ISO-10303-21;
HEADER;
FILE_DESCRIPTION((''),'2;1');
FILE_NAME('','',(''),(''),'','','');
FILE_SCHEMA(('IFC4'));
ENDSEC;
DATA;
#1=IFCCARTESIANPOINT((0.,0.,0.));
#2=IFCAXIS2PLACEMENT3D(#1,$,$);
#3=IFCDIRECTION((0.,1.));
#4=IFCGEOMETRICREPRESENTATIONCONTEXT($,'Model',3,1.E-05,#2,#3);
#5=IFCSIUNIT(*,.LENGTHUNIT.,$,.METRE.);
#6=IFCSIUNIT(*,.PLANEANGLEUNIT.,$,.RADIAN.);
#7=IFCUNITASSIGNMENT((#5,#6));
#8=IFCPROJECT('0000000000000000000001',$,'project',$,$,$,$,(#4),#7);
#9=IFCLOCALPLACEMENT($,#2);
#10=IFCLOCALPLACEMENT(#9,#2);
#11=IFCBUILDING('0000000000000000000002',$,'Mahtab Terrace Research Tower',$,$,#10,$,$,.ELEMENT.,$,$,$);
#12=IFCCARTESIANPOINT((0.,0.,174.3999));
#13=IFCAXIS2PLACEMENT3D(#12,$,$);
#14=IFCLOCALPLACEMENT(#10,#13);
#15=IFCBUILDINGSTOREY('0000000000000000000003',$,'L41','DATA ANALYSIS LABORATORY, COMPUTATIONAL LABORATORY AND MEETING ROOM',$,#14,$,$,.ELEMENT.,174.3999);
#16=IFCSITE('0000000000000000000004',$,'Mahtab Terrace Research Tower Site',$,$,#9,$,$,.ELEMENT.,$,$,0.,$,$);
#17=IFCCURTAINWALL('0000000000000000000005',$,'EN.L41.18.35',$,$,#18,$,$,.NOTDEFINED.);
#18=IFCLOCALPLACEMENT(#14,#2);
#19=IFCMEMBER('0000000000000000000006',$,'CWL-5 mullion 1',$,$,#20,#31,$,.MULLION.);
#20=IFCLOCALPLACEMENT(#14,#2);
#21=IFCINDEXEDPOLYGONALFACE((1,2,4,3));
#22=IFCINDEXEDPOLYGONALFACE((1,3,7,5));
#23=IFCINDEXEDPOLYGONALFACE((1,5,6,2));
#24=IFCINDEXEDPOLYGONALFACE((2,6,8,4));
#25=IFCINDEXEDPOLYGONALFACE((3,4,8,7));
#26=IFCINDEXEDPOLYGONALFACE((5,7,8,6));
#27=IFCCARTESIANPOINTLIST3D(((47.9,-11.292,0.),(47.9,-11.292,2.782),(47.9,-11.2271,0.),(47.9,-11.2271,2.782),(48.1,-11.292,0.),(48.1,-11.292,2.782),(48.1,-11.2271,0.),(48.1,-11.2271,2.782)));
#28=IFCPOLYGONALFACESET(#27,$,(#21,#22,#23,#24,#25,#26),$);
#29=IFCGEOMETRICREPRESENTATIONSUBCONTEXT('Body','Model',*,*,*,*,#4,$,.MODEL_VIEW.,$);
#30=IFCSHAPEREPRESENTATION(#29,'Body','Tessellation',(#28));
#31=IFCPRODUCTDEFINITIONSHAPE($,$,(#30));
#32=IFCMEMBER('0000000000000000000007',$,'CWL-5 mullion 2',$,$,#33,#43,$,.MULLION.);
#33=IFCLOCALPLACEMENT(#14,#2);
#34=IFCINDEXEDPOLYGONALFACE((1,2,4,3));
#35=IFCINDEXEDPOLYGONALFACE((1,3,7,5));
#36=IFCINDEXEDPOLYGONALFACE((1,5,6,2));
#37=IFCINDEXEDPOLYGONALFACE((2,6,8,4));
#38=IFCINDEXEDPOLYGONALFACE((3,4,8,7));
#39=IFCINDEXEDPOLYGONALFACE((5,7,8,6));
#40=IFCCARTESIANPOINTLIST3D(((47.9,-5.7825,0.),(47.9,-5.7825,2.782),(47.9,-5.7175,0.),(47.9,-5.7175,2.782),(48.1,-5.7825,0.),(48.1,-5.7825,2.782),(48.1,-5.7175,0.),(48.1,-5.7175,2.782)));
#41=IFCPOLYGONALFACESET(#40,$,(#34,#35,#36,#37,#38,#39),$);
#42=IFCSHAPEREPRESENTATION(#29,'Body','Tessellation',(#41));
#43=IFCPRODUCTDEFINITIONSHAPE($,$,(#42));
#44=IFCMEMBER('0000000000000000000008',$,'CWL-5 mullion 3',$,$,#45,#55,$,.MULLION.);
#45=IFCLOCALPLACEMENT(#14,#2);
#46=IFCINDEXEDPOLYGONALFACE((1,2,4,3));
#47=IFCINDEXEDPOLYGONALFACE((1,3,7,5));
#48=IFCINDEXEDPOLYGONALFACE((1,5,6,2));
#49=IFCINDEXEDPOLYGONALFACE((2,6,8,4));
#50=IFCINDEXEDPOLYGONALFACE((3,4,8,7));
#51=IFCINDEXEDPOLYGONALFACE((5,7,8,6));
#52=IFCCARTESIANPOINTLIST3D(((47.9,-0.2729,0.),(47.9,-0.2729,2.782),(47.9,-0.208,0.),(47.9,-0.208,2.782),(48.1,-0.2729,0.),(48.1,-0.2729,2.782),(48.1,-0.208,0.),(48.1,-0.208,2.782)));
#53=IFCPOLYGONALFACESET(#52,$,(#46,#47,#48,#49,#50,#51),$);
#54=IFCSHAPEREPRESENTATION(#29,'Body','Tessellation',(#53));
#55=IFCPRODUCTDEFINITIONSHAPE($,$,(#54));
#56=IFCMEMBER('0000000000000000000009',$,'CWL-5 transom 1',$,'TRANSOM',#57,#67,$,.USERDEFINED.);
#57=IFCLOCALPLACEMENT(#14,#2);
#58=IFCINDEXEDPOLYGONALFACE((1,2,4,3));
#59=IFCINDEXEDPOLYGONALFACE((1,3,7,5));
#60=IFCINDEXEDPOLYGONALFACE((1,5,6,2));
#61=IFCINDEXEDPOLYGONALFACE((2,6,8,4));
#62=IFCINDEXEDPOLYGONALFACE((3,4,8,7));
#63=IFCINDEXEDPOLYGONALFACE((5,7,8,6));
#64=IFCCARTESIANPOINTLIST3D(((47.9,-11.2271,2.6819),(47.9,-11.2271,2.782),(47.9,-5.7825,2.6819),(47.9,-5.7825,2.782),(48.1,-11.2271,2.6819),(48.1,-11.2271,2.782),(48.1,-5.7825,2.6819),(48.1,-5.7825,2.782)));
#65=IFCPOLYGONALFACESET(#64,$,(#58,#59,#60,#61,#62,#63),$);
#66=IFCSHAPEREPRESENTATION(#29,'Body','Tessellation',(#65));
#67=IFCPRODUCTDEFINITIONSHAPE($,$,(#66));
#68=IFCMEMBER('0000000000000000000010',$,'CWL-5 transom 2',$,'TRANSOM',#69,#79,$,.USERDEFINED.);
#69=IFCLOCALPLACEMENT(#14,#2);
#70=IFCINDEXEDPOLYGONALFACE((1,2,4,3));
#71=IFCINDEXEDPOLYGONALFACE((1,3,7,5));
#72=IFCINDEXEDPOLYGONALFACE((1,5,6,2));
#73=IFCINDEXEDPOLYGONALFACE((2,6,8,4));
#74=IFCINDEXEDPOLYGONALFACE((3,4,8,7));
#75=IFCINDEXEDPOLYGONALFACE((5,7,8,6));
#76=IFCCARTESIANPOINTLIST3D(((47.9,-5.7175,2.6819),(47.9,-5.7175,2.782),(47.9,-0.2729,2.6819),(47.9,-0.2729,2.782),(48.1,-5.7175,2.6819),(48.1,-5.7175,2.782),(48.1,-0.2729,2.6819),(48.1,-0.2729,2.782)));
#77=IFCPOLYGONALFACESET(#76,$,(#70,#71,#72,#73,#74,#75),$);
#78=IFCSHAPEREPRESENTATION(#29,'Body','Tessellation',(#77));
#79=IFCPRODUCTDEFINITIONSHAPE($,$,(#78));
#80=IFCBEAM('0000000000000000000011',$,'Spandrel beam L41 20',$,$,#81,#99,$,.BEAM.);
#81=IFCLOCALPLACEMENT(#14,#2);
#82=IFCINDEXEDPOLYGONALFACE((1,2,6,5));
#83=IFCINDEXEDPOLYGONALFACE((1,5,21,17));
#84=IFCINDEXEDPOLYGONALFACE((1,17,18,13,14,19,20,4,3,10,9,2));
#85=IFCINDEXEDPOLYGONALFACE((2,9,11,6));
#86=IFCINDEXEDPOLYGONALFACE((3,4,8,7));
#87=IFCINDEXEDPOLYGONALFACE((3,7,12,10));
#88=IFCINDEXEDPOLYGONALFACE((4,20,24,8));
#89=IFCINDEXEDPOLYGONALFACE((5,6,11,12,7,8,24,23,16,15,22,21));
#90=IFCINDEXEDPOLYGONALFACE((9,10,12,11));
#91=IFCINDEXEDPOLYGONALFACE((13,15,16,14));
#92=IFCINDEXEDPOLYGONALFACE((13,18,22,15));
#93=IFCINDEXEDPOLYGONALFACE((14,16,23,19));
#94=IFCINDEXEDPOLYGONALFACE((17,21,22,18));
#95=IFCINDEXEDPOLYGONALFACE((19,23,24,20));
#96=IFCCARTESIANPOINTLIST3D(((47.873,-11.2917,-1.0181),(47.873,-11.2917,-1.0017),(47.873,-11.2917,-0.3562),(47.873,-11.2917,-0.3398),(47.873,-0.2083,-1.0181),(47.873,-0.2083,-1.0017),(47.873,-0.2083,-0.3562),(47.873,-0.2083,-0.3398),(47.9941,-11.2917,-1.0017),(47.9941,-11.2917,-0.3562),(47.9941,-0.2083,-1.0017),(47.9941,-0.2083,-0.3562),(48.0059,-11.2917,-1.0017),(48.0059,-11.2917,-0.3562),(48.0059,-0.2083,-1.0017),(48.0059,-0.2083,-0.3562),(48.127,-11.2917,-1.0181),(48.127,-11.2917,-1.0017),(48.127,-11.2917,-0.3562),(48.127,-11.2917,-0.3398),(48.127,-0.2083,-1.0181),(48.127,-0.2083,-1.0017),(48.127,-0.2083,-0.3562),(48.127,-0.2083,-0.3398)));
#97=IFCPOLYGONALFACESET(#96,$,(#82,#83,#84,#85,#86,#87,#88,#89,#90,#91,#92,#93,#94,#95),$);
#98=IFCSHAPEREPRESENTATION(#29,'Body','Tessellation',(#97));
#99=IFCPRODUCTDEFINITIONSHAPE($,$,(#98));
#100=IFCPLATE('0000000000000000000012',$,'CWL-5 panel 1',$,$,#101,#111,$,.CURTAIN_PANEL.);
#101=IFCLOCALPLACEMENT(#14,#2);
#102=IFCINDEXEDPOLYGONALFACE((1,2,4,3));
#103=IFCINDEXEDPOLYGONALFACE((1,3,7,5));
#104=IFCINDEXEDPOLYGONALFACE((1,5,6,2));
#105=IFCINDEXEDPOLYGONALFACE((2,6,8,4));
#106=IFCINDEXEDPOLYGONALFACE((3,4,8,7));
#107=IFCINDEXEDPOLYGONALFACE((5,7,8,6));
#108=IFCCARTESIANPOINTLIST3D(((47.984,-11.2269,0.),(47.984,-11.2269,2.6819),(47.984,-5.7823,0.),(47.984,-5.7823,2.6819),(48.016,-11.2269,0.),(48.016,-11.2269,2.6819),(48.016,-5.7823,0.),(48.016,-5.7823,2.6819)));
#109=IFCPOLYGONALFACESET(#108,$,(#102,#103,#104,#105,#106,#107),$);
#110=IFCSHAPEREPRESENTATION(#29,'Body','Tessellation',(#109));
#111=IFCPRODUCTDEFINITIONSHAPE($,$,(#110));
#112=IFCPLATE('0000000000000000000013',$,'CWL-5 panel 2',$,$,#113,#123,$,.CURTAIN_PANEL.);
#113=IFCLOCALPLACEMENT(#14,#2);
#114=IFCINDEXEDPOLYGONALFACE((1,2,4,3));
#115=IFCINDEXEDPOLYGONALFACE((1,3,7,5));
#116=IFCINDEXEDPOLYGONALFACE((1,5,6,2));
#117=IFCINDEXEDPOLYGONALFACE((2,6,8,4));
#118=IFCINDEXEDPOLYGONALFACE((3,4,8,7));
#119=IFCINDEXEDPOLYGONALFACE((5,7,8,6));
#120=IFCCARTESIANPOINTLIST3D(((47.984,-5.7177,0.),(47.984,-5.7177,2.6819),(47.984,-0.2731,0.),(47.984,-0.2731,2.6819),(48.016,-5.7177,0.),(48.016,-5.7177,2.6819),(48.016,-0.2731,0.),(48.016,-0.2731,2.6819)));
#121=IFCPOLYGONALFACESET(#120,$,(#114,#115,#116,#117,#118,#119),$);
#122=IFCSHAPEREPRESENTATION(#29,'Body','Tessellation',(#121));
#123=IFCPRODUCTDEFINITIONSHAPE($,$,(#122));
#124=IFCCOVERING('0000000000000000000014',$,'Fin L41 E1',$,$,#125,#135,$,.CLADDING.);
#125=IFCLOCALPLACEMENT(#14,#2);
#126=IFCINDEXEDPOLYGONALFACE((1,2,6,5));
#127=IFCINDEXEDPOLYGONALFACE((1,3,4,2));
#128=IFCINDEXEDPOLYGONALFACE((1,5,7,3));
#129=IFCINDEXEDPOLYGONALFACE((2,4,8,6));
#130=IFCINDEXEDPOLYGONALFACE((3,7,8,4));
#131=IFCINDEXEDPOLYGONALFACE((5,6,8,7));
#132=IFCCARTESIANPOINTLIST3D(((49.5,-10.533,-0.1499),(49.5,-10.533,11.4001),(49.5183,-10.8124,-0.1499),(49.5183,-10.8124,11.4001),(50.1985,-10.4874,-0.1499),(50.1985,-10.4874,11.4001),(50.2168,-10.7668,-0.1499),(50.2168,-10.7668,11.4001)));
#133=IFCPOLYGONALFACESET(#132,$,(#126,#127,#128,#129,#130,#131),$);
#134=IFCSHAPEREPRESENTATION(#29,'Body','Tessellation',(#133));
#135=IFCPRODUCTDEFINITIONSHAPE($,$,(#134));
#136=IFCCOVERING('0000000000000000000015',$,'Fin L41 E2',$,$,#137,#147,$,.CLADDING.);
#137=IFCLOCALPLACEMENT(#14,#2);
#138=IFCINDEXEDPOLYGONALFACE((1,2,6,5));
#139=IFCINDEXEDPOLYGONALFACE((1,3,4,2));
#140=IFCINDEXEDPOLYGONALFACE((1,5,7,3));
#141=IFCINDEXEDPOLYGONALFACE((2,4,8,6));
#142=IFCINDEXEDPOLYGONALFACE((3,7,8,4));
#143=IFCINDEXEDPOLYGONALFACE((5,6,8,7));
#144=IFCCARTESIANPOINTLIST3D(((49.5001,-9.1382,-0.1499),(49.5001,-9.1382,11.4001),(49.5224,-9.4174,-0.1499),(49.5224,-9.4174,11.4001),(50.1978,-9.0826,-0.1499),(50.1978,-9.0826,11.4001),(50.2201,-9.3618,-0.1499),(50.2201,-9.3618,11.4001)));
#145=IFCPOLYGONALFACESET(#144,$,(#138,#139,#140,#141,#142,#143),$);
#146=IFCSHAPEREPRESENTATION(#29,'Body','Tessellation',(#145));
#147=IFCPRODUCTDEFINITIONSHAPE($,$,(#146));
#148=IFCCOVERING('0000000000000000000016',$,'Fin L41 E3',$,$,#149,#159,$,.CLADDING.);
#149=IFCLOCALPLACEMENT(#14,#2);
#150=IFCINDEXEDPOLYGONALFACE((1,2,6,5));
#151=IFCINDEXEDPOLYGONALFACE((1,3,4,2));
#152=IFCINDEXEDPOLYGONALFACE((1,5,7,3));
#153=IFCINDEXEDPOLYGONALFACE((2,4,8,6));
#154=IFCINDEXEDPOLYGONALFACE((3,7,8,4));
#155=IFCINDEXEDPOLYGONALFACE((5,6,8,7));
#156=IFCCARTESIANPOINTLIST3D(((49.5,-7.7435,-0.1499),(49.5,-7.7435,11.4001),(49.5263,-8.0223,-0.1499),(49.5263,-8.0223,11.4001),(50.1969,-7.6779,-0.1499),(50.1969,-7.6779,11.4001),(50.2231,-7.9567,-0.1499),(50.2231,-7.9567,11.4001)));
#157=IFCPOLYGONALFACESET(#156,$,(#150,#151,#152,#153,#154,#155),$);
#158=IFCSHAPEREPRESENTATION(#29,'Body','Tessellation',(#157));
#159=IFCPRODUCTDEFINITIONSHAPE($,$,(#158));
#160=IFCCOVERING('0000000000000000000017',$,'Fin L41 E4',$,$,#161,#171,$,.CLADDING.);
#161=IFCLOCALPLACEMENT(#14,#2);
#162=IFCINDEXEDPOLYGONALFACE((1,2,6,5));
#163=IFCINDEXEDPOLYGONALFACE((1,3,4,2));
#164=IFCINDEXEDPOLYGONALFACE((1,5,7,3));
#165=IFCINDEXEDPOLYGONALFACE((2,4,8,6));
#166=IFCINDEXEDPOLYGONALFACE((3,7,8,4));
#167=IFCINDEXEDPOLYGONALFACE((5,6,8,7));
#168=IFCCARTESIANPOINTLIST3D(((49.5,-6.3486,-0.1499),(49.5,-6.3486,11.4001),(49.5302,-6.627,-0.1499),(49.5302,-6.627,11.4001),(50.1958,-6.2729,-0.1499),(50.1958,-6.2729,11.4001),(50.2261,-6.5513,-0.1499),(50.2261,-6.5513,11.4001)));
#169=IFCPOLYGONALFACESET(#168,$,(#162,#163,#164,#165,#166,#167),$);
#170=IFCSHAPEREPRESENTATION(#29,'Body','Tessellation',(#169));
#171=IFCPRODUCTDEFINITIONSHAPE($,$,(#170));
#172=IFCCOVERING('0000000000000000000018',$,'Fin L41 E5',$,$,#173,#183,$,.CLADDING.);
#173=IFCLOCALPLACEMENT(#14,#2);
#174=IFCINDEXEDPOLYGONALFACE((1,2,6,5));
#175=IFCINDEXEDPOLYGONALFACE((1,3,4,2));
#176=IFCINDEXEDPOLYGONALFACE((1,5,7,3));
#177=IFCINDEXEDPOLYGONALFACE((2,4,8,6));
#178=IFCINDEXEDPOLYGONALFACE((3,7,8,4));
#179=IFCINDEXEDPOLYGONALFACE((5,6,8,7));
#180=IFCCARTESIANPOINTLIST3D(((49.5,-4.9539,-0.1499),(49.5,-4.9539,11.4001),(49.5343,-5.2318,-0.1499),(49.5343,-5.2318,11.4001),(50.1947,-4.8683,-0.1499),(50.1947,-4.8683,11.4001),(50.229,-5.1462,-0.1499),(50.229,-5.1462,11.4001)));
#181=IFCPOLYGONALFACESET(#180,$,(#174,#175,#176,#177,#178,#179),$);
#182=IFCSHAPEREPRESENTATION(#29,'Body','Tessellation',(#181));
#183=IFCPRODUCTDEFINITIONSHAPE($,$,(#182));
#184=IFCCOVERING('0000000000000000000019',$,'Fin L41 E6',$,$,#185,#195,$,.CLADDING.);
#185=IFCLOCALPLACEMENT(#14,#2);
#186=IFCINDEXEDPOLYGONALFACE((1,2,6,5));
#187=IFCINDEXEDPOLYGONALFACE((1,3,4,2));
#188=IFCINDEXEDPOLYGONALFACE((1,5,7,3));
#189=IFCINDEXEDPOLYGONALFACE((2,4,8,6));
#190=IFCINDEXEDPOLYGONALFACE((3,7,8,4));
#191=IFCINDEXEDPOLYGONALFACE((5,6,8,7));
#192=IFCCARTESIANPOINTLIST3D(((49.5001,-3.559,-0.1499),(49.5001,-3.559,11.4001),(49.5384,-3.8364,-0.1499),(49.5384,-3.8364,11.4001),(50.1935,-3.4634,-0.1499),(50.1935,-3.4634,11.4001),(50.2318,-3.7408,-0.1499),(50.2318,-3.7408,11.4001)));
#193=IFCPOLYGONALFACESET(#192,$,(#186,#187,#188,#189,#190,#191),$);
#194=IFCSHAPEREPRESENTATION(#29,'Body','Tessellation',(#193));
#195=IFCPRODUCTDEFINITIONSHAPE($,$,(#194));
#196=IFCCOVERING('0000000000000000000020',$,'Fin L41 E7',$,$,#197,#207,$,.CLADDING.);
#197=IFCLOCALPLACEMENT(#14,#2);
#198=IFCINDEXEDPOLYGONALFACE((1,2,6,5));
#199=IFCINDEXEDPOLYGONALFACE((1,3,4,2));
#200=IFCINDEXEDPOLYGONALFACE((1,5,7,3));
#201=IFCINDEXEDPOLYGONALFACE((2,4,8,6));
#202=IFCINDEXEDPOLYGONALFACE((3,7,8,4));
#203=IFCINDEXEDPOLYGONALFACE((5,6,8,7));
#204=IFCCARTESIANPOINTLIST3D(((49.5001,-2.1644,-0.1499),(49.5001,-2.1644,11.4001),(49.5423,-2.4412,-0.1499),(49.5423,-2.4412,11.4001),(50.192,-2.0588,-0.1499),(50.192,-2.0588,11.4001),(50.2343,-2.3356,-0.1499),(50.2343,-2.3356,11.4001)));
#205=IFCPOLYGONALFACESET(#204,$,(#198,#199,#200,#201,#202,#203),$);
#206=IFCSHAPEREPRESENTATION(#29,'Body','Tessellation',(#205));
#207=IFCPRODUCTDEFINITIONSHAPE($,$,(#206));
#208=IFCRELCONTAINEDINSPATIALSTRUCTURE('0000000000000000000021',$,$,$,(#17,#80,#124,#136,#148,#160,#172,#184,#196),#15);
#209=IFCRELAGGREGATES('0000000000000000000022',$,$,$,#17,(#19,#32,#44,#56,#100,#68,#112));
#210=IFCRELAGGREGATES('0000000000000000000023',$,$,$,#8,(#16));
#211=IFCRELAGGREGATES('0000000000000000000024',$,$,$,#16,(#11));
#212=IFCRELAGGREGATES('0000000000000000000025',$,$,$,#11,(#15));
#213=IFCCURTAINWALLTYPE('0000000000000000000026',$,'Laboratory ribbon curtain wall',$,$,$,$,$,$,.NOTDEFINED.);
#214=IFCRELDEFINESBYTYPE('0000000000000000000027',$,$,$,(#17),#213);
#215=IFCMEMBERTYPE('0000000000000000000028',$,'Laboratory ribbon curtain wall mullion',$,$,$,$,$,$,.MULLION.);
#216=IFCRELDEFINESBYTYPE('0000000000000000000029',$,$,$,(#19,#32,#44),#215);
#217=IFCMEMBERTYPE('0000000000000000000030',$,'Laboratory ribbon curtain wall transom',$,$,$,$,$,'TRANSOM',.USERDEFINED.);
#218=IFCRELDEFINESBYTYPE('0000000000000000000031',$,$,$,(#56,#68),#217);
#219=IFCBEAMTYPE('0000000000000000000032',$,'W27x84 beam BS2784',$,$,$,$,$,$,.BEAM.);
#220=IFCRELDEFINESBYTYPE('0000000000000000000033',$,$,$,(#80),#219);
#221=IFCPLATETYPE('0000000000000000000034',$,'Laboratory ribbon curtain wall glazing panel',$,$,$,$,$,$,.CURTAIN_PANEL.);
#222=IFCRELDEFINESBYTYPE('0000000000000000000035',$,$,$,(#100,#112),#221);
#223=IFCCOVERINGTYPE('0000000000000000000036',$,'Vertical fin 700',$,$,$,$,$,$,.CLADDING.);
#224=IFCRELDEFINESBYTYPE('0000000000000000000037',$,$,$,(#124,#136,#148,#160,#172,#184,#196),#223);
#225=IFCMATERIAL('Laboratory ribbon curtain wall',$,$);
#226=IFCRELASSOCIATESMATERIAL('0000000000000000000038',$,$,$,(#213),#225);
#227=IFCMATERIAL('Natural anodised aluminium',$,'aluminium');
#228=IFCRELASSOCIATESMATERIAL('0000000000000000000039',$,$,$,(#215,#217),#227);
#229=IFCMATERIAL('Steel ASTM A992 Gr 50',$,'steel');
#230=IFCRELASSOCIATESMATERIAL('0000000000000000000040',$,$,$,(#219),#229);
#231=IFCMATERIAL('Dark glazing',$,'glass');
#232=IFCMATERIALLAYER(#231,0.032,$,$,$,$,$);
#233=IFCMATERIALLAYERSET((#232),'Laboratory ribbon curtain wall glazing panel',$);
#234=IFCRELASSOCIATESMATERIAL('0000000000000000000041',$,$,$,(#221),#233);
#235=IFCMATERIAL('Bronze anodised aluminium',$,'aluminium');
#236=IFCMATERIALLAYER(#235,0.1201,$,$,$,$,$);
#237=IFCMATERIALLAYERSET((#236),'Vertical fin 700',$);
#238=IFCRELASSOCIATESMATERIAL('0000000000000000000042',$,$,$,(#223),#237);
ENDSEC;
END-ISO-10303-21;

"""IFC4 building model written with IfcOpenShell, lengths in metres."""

from ifc_helpers import new_model, si_unit, direction, frame, origin, origin_2d, place, context, subcontext, project, spatial, rectangle, i_section, extrude, material, layer, layer_set, material_profile, profile_set, type_object, element, aggregate, save


model = new_model("IFC4")

# Units and contexts
model_context = context("Model", 3, precision=1e-05, world=origin(), true_north=direction((0.0, 1.0)))
body_context = subcontext(model_context, "Body", "Model", "MODEL_VIEW")
ifc_project = project(units=[si_unit("LENGTHUNIT", "METRE"), si_unit("PLANEANGLEUNIT", "RADIAN")], contexts=[model_context])

# Site, building, storey
site_placement = place(None, origin())
site = spatial("IfcSite", under=ifc_project, at=site_placement, Name="Mahtab Terrace Research Tower Site", CompositionType="ELEMENT", RefElevation=0.0)
building_placement = place(site_placement, origin())
building = spatial("IfcBuilding", under=site, at=building_placement, Name="Mahtab Terrace Research Tower", CompositionType="ELEMENT")
storey_placement = place(building_placement, frame((0.0, 0.0, 174.3999)))
storey = spatial("IfcBuildingStorey", under=building, at=storey_placement, Name="L41", Description="DATA ANALYSIS LABORATORY, COMPUTATIONAL LABORATORY AND MEETING ROOM", CompositionType="ELEMENT", Elevation=174.3999)

# Curtain wall, members
ifc_material_1 = material(Name="Laboratory ribbon curtain wall")
curtain_wall_type = type_object("IfcCurtainWallType", Name="Laboratory ribbon curtain wall", PredefinedType="NOTDEFINED", material=ifc_material_1)
curtain_wall_placement = place(storey_placement, origin())
curtain_wall = element("IfcCurtainWall", 1, at=curtain_wall_placement, inside=storey, type_object=curtain_wall_type, Name="EN.L41.18.35", PredefinedType="NOTDEFINED")
ifc_material_2 = material(Name="Natural anodised aluminium", Category="aluminium")
ifc_material_profile_1 = material_profile(ifc_material_2, rectangle(XDim=0.2, YDim=0.0649, at=origin_2d()), Name="MULLION 65x200")
ifc_profile_set_1 = profile_set([ifc_material_profile_1], Name="Natural anodised aluminium")
member_type_1 = type_object("IfcMemberType", Name="Laboratory ribbon curtain wall mullion", PredefinedType="MULLION", material=ifc_profile_set_1)
member_1_placement = place(storey_placement, frame((48.0, -11.2595, 0.0), z_axis=(0.0, 0.0, 1.0), x_axis=(-1.0, 0.0, 0.0)))
member_1 = element("IfcMember", 2, at=member_1_placement, type_object=member_type_1, Name="CWL-5 mullion 1", PredefinedType="MULLION", context=body_context, shape_type="SweptSolid", body=[
    extrude(rectangle(XDim=0.2, YDim=0.0649, at=origin_2d()), origin(), (0.0, 0.0, 1.0), 2.782),
])
member_2_placement = place(storey_placement, frame((48.0, -5.75, 0.0), z_axis=(0.0, 0.0, 1.0), x_axis=(-1.0, 0.0, 0.0)))
member_2 = element("IfcMember", 3, at=member_2_placement, type_object=member_type_1, Name="CWL-5 mullion 2", PredefinedType="MULLION", context=body_context, shape_type="SweptSolid", body=[
    extrude(rectangle(XDim=0.2, YDim=0.0649, at=origin_2d()), origin(), (0.0, 0.0, 1.0), 2.782),
])
member_3_placement = place(storey_placement, frame((48.0, -0.2405, 0.0), z_axis=(0.0, 0.0, 1.0), x_axis=(-1.0, 0.0, 0.0)))
member_3 = element("IfcMember", 4, at=member_3_placement, type_object=member_type_1, Name="CWL-5 mullion 3", PredefinedType="MULLION", context=body_context, shape_type="SweptSolid", body=[
    extrude(rectangle(XDim=0.2, YDim=0.0649, at=origin_2d()), origin(), (0.0, 0.0, 1.0), 2.782),
])
ifc_material_profile_2 = material_profile(ifc_material_2, rectangle(XDim=0.2, YDim=0.1001, at=origin_2d()), Name="TRANSOM 100x200")
ifc_profile_set_2 = profile_set([ifc_material_profile_2], Name="Natural anodised aluminium")
member_type_2 = type_object("IfcMemberType", Name="Laboratory ribbon curtain wall transom", ElementType="TRANSOM", PredefinedType="USERDEFINED", material=ifc_profile_set_2)
member_4_placement = place(storey_placement, frame((48.0, -11.2271, 2.7319), z_axis=(0.0, 1.0, 0.0), x_axis=(-1.0, 0.0, 0.0)))
member_4 = element("IfcMember", 5, at=member_4_placement, type_object=member_type_2, Name="CWL-5 transom 1", ObjectType="TRANSOM", PredefinedType="USERDEFINED", context=body_context, shape_type="SweptSolid", body=[
    extrude(rectangle(XDim=0.2, YDim=0.1001, at=origin_2d()), origin(), (0.0, 0.0, 1.0), 5.4446),
])
member_5_placement = place(storey_placement, frame((48.0, -5.7175, 2.7319), z_axis=(0.0, 1.0, 0.0), x_axis=(-1.0, 0.0, 0.0)))
member_5 = element("IfcMember", 6, at=member_5_placement, type_object=member_type_2, Name="CWL-5 transom 2", ObjectType="TRANSOM", PredefinedType="USERDEFINED", context=body_context, shape_type="SweptSolid", body=[
    extrude(rectangle(XDim=0.2, YDim=0.1001, at=origin_2d()), origin(), (0.0, 0.0, 1.0), 5.4446),
])

# Beam
ifc_material_3 = material(Name="Steel ASTM A992 Gr 50", Category="steel")
ifc_material_profile_3 = material_profile(ifc_material_3, i_section(OverallWidth=0.2539, OverallDepth=0.6782, WebThickness=0.0117, FlangeThickness=0.0164, at=origin_2d()), Name="W27X84")
ifc_profile_set_3 = profile_set([ifc_material_profile_3], Name="Steel ASTM A992 Gr 50")
beam_type = type_object("IfcBeamType", Name="W27x84 beam BS2784", PredefinedType="BEAM", material=ifc_profile_set_3)
beam_placement = place(storey_placement, frame((48.0, -11.2917, -0.679), z_axis=(0.0, 1.0, 0.0), x_axis=(-1.0, 0.0, 0.0)))
element("IfcBeam", 7, at=beam_placement, inside=storey, type_object=beam_type, Name="Spandrel beam L41 20", PredefinedType="BEAM", context=body_context, shape_type="SweptSolid", body=[
    extrude(i_section(OverallWidth=0.2539, OverallDepth=0.6782, WebThickness=0.0117, FlangeThickness=0.0164, at=origin_2d()), origin(), (0.0, 0.0, 1.0), 11.0835),
])

# Plates
ifc_material_4 = material(Name="Dark glazing", Category="glass")
ifc_layer_1 = layer(ifc_material_4, 0.032)
ifc_layer_set_1 = layer_set([ifc_layer_1], Name="Laboratory ribbon curtain wall glazing panel")
plate_type = type_object("IfcPlateType", Name="Laboratory ribbon curtain wall glazing panel", PredefinedType="CURTAIN_PANEL", material=ifc_layer_set_1)
plate_1_placement = place(storey_placement, frame((48.0, -8.5046, 0.0), z_axis=(0.0, 0.0, 1.0), x_axis=(0.0, 1.0, 0.0)))
plate_1 = element("IfcPlate", 8, at=plate_1_placement, type_object=plate_type, Name="CWL-5 panel 1", PredefinedType="CURTAIN_PANEL", context=body_context, shape_type="SweptSolid", body=[
    extrude(rectangle(XDim=5.4446, YDim=0.032, at=origin_2d()), origin(), (0.0, 0.0, 1.0), 2.6819),
])
plate_2_placement = place(storey_placement, frame((48.0, -2.9954, 0.0), z_axis=(0.0, 0.0, 1.0), x_axis=(0.0, 1.0, 0.0)))
plate_2 = element("IfcPlate", 9, at=plate_2_placement, type_object=plate_type, Name="CWL-5 panel 2", PredefinedType="CURTAIN_PANEL", context=body_context, shape_type="SweptSolid", body=[
    extrude(rectangle(XDim=5.4446, YDim=0.032, at=origin_2d()), origin(), (0.0, 0.0, 1.0), 2.6819),
])
aggregate(curtain_wall, [member_1, member_2, member_3, member_4, plate_1, member_5, plate_2])

# Coverings
ifc_material_5 = material(Name="Bronze anodised aluminium", Category="aluminium")
ifc_layer_2 = layer(ifc_material_5, 0.1201)
ifc_layer_set_2 = layer_set([ifc_layer_2], Name="Vertical fin 700")
covering_type = type_object("IfcCoveringType", Name="Vertical fin 700", PredefinedType="CLADDING", material=ifc_layer_set_2)
for number, where, z_axis, x_axis, name in (
    (10, (49.8584, -10.6499, -0.1499), (0.0, 0.0, 1.0), (-0.065147, 0.997876, 0.0), "Fin L41 E1"),
    (11, (49.8601, -9.25, -0.1499), (0.0, 0.0, 1.0), (-0.079483, 0.996836, 0.0), "Fin L41 E2"),
    (12, (49.8616, -7.8501, -0.1499), (0.0, 0.0, 1.0), (-0.093802, 0.995591, 0.0), "Fin L41 E3"),
    (13, (49.863, -6.45, -0.1499), (0.0, 0.0, 1.0), (-0.108101, 0.99414, 0.0), "Fin L41 E4"),
    (14, (49.8645, -5.05, -0.1499), (0.0, 0.0, 1.0), (-0.122379, 0.992483, 0.0), "Fin L41 E5"),
    (15, (49.866, -3.6499, -0.1499), (0.0, 0.0, 1.0), (-0.136631, 0.990622, 0.0), "Fin L41 E6"),
    (16, (49.8672, -2.25, -0.1499), (0.0, 0.0, 1.0), (-0.150855, 0.988556, 0.0), "Fin L41 E7"),
):
    element("IfcCovering", number, at=place(storey_placement, frame(where, z_axis=z_axis, x_axis=x_axis)), inside=storey, type_object=covering_type, Name=name, PredefinedType="CLADDING", context=body_context, shape_type="SweptSolid", body=[
        extrude(rectangle(XDim=0.28, YDim=0.7, at=origin_2d()), origin(), (0.0, 0.0, 1.0), 11.55),
    ])

save(model, "model.ifc")
